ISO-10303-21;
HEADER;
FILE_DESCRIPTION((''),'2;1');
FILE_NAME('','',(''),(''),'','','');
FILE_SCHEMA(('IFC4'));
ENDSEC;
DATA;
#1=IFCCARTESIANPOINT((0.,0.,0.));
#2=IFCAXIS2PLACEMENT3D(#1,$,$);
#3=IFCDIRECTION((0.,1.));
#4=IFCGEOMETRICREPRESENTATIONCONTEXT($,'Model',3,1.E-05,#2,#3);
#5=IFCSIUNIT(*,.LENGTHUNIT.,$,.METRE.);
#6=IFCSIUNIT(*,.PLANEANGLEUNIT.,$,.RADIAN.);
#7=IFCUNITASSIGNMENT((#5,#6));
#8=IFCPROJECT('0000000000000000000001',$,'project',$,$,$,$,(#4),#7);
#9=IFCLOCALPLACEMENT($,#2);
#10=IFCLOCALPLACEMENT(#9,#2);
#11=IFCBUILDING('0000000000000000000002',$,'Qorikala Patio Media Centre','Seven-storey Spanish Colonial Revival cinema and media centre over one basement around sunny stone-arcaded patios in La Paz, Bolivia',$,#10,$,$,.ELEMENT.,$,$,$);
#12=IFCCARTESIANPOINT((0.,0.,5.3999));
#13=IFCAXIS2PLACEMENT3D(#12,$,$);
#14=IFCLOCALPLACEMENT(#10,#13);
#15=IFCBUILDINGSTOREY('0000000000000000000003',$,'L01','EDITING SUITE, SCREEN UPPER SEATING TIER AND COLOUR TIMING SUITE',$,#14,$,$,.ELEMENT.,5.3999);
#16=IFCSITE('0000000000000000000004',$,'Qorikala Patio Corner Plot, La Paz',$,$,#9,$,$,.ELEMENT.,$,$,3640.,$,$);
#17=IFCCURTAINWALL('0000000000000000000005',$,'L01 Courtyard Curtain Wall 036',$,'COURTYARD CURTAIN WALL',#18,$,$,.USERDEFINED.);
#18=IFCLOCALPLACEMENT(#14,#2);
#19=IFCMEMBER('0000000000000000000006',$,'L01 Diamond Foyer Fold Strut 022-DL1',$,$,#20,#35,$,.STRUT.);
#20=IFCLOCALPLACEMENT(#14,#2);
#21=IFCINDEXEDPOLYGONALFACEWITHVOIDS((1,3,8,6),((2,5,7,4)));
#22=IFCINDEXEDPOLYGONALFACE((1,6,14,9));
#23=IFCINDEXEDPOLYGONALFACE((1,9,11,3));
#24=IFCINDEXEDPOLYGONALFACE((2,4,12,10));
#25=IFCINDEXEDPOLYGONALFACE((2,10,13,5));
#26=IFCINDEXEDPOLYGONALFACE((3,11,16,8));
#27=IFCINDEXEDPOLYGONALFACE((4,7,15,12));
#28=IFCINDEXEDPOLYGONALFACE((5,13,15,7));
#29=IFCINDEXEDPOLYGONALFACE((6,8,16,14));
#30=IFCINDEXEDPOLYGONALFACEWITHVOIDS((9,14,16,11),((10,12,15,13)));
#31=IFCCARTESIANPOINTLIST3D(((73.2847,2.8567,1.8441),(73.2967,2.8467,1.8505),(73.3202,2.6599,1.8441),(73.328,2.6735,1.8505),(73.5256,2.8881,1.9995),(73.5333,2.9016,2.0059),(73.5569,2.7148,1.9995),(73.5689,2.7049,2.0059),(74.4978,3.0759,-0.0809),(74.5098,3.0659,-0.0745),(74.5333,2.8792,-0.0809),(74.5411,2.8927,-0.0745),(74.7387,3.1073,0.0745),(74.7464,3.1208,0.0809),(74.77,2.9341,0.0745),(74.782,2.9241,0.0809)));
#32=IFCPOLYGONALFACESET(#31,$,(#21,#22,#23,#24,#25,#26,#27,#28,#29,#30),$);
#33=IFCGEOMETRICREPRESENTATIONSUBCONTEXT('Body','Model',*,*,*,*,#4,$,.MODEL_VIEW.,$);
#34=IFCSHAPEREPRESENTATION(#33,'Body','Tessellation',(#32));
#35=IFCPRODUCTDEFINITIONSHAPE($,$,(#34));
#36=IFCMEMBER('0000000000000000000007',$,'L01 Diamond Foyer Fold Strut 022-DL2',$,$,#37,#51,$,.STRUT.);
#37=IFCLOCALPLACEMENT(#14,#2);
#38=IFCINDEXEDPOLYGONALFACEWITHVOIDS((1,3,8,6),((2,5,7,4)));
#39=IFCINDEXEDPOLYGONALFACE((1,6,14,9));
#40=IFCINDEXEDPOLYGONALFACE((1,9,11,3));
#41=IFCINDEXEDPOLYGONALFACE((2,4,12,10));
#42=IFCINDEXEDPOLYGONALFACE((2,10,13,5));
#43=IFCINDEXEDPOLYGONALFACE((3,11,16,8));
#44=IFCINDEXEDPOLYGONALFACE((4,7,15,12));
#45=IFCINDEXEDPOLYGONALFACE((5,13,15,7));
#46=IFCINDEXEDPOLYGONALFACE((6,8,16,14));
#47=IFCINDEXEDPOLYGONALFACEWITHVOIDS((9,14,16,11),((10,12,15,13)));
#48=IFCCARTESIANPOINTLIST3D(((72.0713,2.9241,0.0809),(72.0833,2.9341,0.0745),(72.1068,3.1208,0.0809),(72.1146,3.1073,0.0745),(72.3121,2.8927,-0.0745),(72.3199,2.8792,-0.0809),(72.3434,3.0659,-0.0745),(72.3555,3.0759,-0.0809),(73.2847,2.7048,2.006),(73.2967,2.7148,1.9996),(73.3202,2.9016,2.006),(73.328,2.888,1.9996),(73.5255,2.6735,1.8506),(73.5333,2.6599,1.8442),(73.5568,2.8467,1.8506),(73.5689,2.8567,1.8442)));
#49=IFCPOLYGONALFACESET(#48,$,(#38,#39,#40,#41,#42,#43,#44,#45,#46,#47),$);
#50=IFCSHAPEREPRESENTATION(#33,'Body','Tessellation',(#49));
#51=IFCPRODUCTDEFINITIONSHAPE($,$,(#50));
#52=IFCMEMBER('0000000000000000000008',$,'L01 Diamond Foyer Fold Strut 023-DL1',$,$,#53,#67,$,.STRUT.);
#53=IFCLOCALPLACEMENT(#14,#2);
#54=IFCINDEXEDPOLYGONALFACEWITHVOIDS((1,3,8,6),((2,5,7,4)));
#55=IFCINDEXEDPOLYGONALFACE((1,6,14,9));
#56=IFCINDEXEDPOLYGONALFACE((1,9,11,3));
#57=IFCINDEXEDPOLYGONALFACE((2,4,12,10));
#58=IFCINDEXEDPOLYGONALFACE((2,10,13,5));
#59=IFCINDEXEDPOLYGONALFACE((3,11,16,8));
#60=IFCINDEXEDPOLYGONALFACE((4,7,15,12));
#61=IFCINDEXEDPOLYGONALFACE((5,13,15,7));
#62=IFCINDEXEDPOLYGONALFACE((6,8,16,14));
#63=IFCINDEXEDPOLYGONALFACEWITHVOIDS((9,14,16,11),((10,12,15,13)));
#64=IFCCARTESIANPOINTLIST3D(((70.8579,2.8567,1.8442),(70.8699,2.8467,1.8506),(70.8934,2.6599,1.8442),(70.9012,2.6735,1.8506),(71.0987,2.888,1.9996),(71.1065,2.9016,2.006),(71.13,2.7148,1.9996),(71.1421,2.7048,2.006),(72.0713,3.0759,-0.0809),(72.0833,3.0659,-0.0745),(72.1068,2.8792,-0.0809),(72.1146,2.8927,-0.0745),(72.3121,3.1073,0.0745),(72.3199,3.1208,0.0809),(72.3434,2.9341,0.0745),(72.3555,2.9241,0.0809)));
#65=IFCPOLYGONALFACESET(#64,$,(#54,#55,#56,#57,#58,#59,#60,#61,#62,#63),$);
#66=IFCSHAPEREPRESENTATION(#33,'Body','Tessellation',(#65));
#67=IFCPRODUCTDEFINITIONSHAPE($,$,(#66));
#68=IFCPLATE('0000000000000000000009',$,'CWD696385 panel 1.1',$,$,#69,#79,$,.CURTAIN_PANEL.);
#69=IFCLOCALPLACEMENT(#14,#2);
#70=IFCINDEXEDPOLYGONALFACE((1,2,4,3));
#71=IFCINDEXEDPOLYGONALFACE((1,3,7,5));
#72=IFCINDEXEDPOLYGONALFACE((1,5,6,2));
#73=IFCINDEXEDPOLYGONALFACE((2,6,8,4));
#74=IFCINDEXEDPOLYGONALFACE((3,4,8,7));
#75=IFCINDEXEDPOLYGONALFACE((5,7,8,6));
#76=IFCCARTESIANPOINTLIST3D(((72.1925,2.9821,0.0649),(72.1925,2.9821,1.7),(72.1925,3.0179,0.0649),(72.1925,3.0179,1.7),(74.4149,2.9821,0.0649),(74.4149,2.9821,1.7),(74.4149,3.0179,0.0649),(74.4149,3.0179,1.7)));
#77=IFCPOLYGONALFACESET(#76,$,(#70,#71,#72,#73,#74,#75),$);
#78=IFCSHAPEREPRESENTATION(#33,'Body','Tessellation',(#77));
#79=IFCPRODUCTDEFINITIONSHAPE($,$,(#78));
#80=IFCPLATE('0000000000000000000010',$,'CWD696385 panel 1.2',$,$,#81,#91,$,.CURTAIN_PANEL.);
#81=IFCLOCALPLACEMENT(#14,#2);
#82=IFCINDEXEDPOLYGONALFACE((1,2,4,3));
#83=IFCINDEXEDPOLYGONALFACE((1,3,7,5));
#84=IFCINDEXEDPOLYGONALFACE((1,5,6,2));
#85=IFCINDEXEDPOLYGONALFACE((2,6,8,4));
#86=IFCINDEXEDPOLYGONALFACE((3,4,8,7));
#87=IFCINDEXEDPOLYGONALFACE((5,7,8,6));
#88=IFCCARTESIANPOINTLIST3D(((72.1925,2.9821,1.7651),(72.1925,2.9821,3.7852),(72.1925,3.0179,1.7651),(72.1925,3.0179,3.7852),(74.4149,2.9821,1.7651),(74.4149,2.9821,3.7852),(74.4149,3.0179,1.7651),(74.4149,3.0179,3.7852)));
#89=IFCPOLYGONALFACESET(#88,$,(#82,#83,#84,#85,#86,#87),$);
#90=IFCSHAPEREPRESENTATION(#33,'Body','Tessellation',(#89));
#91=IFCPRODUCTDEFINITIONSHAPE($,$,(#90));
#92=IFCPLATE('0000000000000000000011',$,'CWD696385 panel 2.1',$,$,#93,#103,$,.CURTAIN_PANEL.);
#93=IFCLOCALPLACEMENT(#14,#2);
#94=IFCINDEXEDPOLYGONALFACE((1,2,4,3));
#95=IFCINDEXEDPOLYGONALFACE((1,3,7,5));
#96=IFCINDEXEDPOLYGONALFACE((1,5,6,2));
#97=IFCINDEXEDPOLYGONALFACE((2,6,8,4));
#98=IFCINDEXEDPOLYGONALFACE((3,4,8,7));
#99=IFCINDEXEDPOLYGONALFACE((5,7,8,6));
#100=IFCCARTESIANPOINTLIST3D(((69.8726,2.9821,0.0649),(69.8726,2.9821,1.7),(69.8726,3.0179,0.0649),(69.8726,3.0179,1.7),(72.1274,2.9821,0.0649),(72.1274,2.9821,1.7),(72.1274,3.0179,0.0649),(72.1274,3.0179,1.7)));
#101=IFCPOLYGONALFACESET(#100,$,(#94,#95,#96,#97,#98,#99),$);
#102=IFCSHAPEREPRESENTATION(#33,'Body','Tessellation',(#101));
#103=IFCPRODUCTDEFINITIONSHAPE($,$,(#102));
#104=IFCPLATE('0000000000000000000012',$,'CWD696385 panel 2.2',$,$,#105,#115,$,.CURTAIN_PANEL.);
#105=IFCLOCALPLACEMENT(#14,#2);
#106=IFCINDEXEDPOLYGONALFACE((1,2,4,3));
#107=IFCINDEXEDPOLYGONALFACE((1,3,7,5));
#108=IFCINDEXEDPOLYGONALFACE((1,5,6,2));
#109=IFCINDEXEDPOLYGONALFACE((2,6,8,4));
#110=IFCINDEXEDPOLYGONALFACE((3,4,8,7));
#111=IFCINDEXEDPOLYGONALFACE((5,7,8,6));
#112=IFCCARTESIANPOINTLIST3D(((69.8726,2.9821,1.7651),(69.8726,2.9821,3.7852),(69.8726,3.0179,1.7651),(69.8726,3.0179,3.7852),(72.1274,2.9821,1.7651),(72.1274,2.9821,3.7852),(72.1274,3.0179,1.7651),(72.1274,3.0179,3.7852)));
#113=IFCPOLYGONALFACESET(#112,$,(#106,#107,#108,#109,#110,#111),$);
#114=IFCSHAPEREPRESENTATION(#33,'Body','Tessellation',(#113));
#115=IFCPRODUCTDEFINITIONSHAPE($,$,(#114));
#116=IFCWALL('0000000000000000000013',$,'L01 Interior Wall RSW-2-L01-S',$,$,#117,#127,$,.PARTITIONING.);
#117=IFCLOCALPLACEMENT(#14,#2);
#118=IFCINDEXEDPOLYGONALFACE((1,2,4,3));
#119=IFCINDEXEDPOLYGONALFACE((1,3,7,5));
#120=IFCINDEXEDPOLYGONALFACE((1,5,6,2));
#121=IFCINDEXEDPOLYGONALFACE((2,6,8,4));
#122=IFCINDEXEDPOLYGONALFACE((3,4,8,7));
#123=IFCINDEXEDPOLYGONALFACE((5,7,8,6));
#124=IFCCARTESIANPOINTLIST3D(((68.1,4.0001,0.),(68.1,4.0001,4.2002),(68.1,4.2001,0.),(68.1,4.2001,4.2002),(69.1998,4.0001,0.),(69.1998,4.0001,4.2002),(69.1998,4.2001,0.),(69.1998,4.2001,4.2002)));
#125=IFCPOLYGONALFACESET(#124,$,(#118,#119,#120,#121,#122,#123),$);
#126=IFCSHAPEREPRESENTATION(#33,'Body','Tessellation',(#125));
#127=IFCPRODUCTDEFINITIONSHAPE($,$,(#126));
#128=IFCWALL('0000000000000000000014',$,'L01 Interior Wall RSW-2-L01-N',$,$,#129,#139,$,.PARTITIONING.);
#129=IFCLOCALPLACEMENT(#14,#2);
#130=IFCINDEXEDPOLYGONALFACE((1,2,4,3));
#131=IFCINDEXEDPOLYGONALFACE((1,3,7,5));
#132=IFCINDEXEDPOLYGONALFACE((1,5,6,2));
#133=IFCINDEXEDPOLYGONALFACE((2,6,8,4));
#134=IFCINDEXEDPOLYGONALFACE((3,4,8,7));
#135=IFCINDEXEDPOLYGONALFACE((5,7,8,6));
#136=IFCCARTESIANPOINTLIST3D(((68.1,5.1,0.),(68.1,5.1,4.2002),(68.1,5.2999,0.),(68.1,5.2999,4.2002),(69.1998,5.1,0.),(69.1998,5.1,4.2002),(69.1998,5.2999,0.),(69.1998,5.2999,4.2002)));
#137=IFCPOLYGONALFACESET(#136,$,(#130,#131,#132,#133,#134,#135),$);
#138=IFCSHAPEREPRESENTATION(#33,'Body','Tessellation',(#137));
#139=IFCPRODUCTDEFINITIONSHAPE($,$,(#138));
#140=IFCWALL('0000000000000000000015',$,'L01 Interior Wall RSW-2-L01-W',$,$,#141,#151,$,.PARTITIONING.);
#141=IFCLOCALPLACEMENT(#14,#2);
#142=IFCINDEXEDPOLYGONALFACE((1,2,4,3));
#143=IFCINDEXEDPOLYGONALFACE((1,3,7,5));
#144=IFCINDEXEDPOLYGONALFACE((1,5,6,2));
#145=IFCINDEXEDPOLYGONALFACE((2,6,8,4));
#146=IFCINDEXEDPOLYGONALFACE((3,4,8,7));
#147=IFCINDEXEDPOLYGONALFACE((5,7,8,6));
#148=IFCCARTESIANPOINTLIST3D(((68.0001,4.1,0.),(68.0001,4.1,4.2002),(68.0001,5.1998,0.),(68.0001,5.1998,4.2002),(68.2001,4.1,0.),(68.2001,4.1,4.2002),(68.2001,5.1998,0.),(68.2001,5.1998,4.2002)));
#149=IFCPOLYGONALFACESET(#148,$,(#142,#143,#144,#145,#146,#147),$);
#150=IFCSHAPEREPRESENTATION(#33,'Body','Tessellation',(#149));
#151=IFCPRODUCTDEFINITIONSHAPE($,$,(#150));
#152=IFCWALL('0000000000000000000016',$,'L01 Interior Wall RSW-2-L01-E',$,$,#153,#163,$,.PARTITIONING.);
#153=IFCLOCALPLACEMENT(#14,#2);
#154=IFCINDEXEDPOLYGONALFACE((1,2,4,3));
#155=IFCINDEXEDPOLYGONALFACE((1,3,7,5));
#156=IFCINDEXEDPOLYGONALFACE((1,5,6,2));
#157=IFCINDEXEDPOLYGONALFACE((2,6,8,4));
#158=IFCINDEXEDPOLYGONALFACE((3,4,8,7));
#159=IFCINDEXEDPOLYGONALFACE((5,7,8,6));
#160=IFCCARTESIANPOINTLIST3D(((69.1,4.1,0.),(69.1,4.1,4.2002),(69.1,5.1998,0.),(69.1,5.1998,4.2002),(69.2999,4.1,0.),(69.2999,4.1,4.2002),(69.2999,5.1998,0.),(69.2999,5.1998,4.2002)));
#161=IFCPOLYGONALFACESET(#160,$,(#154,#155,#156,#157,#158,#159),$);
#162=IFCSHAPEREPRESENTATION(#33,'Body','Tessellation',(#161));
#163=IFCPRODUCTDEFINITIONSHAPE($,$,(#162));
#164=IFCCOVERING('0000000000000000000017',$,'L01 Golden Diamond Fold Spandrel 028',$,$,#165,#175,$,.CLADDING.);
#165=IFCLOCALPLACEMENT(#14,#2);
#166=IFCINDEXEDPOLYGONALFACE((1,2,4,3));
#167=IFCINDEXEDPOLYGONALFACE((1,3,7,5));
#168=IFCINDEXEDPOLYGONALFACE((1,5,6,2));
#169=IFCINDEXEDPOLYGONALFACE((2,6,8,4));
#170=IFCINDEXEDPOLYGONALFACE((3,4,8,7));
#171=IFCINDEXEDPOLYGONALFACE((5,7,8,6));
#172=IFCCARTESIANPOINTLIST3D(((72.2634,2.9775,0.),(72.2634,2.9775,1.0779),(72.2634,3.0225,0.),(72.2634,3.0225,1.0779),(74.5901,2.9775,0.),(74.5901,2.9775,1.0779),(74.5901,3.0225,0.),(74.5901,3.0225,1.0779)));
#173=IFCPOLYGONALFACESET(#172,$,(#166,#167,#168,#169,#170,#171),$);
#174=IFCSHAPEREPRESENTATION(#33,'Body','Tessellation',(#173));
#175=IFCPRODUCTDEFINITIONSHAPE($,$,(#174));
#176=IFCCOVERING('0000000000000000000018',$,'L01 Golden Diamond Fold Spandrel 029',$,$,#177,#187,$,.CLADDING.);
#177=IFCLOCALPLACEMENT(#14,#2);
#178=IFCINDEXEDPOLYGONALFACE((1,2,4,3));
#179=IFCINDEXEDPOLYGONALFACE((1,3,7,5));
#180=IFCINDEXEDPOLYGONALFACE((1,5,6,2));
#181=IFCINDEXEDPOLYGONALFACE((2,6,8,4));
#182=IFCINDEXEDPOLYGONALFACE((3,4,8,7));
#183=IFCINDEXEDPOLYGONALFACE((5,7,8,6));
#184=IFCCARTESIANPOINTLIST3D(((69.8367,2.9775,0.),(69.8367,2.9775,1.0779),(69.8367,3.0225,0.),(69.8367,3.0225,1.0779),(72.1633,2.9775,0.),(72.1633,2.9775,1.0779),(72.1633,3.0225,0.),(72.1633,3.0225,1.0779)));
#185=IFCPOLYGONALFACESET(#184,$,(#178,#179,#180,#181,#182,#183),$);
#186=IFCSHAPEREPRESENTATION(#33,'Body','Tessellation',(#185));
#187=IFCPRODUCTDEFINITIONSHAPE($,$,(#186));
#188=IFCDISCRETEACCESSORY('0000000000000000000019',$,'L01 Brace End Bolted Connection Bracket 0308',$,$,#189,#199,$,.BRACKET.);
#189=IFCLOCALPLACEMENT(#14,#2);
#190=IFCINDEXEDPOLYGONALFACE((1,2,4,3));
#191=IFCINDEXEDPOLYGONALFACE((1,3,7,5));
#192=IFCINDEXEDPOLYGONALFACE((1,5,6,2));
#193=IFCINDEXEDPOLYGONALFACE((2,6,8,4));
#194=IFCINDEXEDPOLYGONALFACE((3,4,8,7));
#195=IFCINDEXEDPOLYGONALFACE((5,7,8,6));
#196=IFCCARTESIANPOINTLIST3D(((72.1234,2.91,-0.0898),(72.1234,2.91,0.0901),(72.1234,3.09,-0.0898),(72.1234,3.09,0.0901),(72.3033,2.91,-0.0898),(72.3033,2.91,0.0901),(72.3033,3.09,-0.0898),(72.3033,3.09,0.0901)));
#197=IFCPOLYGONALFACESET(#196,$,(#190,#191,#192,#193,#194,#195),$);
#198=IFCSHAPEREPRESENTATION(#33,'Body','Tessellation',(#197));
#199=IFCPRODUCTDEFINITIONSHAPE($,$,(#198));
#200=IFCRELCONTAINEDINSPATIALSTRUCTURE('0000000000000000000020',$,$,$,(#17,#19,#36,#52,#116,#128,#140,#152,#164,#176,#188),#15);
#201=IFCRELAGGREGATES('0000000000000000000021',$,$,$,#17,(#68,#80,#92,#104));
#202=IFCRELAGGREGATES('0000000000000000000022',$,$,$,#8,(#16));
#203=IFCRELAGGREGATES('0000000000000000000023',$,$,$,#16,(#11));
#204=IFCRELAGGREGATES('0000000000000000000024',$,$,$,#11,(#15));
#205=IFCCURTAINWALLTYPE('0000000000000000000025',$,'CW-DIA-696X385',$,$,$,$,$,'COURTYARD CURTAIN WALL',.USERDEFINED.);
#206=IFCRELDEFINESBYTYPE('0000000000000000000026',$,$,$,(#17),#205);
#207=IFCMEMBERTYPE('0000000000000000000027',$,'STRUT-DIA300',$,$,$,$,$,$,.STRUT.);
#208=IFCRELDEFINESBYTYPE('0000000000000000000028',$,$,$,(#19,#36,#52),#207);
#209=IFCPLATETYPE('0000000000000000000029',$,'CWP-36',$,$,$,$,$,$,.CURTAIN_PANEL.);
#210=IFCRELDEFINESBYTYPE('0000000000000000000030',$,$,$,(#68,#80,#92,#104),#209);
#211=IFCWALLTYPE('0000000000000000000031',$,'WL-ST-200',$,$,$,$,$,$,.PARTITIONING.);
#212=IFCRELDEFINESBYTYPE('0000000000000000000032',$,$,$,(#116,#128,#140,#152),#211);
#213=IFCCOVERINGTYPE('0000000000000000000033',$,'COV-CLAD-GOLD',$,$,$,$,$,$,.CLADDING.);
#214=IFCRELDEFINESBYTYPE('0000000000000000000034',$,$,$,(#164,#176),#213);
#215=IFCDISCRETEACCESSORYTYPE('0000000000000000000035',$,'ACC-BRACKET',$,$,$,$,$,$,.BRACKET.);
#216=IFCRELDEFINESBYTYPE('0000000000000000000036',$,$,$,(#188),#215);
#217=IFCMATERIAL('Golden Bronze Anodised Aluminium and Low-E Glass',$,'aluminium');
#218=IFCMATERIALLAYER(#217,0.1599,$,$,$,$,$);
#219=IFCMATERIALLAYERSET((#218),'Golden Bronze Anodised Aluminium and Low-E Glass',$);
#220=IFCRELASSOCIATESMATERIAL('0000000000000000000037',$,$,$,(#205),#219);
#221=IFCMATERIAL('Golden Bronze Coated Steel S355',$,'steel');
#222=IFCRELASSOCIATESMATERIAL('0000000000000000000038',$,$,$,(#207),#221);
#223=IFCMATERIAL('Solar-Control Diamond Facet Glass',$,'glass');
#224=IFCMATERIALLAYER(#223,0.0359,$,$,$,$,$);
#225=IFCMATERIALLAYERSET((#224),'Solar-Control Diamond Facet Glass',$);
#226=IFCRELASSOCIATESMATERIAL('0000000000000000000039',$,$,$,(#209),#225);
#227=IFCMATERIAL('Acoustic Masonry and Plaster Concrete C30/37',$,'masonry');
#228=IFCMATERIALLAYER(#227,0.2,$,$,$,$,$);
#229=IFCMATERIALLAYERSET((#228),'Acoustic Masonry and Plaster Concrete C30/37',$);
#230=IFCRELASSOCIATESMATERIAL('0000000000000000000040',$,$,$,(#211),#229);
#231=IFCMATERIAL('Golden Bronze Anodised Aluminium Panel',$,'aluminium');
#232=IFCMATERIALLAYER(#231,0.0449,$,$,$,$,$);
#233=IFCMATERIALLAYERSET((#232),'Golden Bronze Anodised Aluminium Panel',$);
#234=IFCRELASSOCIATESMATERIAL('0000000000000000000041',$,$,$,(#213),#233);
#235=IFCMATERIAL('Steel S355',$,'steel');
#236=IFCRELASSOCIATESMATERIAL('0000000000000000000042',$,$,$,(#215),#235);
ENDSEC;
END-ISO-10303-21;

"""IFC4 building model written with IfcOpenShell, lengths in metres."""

from ifc_helpers import new_model, si_unit, direction, frame, frame_2d, origin, origin_2d, place, context, subcontext, project, spatial, rectangle, hollow_rectangle, extrude, material, layer, layer_set, material_profile, profile_set, type_object, element, aggregate, save


model = new_model("IFC4")

# Units and contexts
model_context = context("Model", 3, precision=1e-05, world=origin(), true_north=direction((0.0, 1.0)))
body_context = subcontext(model_context, "Body", "Model", "MODEL_VIEW")
ifc_project = project(units=[si_unit("LENGTHUNIT", "METRE"), si_unit("PLANEANGLEUNIT", "RADIAN")], contexts=[model_context])

# Site, building, storey
site_placement = place(None, origin())
site = spatial("IfcSite", under=ifc_project, at=site_placement, Name="Qorikala Patio Corner Plot, La Paz", CompositionType="ELEMENT", RefElevation=3640.0)
building_placement = place(site_placement, origin())
building = spatial("IfcBuilding", under=site, at=building_placement, Name="Qorikala Patio Media Centre", Description="Seven-storey Spanish Colonial Revival cinema and media centre over one basement around sunny stone-arcaded patios in La Paz, Bolivia", CompositionType="ELEMENT")
storey_placement = place(building_placement, frame((0.0, 0.0, 5.3999)))
storey = spatial("IfcBuildingStorey", under=building, at=storey_placement, Name="L01", Description="EDITING SUITE, SCREEN UPPER SEATING TIER AND COLOUR TIMING SUITE", CompositionType="ELEMENT", Elevation=5.3999)

# Shared definitions
ifc_material_1 = material(Name="Golden Bronze Coated Steel S355", Category="steel")

# Curtain wall
ifc_material_2 = material(Name="Golden Bronze Anodised Aluminium and Low-E Glass", Category="aluminium")
ifc_layer_1 = layer(ifc_material_2, 0.1599)
ifc_layer_set_1 = layer_set([ifc_layer_1], Name="Golden Bronze Anodised Aluminium and Low-E Glass")
curtain_wall_type = type_object("IfcCurtainWallType", Name="CW-DIA-696X385", ElementType="COURTYARD CURTAIN WALL", PredefinedType="USERDEFINED", material=ifc_layer_set_1)
curtain_wall_placement = place(storey_placement, origin())
curtain_wall = element("IfcCurtainWall", 1, at=curtain_wall_placement, inside=storey, type_object=curtain_wall_type, Name="L01 Courtyard Curtain Wall 036", ObjectType="COURTYARD CURTAIN WALL", PredefinedType="USERDEFINED")

# Members
ifc_material_profile_1 = material_profile(ifc_material_1, hollow_rectangle(XDim=0.2, YDim=0.3, WallThickness=0.012, at=origin_2d()), Name="HSS300X200X12")
ifc_profile_set_1 = profile_set([ifc_material_profile_1], Name="Golden Bronze Coated Steel S355")
member_type_1 = type_object("IfcMemberType", Name="STRUT-DIA300", PredefinedType="STRUT", material=ifc_profile_set_1)
member_1_placement = place(storey_placement, frame((74.6399, 3.0, 0.0), z_axis=(-0.530691, -0.095907, 0.842121), x_axis=(0.17784, -0.984059, 0.0)))
element("IfcMember", 2, at=member_1_placement, inside=storey, type_object=member_type_1, Name="L01 Diamond Foyer Fold Strut 022-DL1", PredefinedType="STRUT", context=body_context, shape_type="SweptSolid", body=[
    extrude(hollow_rectangle(XDim=0.2, YDim=0.3, WallThickness=0.012, at=origin_2d()), origin(), (0.0, 0.0, 1.0), 2.2859),
])
for number, where, z_axis, x_axis, name in (
    (3, (72.2134, 3.0, 0.0), (0.530768, -0.095901, 0.842074), (0.177805, 0.984066, 0.0), "L01 Diamond Foyer Fold Strut 022-DL2"),
    (4, (72.2134, 3.0, 0.0), (-0.530768, -0.095901, 0.842074), (0.177805, -0.984066, 0.0), "L01 Diamond Foyer Fold Strut 023-DL1"),
):
    element("IfcMember", number, at=place(storey_placement, frame(where, z_axis=z_axis, x_axis=x_axis)), inside=storey, type_object=member_type_1, Name=name, PredefinedType="STRUT", context=body_context, shape_type="SweptSolid", body=[
        extrude(hollow_rectangle(XDim=0.2, YDim=0.3, WallThickness=0.012, at=origin_2d()), origin(), (0.0, 0.0, 1.0), 2.2861),
    ])

# Plates
ifc_material_3 = material(Name="Solar-Control Diamond Facet Glass", Category="glass")
ifc_layer_2 = layer(ifc_material_3, 0.0359)
ifc_layer_set_2 = layer_set([ifc_layer_2], Name="Solar-Control Diamond Facet Glass")
plate_type = type_object("IfcPlateType", Name="CWP-36", PredefinedType="CURTAIN_PANEL", material=ifc_layer_set_2)
plate_1_placement = place(storey_placement, frame((73.3037, 3.0, 0.0649), z_axis=(0.0, 0.0, 1.0), x_axis=(-1.0, 0.0, 0.0)))
plate_1 = element("IfcPlate", 5, at=plate_1_placement, type_object=plate_type, Name="CWD696385 panel 1.1", PredefinedType="CURTAIN_PANEL", context=body_context, shape_type="SweptSolid", body=[
    extrude(rectangle(XDim=2.2224, YDim=0.0359, at=origin_2d()), origin(), (0.0, 0.0, 1.0), 1.635),
])
plate_2_placement = place(storey_placement, frame((73.3037, 3.0, 1.7651), z_axis=(0.0, 0.0, 1.0), x_axis=(-1.0, 0.0, 0.0)))
plate_2 = element("IfcPlate", 6, at=plate_2_placement, type_object=plate_type, Name="CWD696385 panel 1.2", PredefinedType="CURTAIN_PANEL", context=body_context, shape_type="SweptSolid", body=[
    extrude(rectangle(XDim=2.2224, YDim=0.0359, at=origin_2d()), origin(), (0.0, 0.0, 1.0), 2.02),
])
plate_3_placement = place(storey_placement, frame((71.0, 3.0, 0.0649), z_axis=(0.0, 0.0, 1.0), x_axis=(-1.0, 0.0, 0.0)))
plate_3 = element("IfcPlate", 7, at=plate_3_placement, type_object=plate_type, Name="CWD696385 panel 2.1", PredefinedType="CURTAIN_PANEL", context=body_context, shape_type="SweptSolid", body=[
    extrude(rectangle(XDim=2.2549, YDim=0.0359, at=origin_2d()), origin(), (0.0, 0.0, 1.0), 1.635),
])
plate_4_placement = place(storey_placement, frame((71.0, 3.0, 1.7651), z_axis=(0.0, 0.0, 1.0), x_axis=(-1.0, 0.0, 0.0)))
plate_4 = element("IfcPlate", 8, at=plate_4_placement, type_object=plate_type, Name="CWD696385 panel 2.2", PredefinedType="CURTAIN_PANEL", context=body_context, shape_type="SweptSolid", body=[
    extrude(rectangle(XDim=2.2549, YDim=0.0359, at=origin_2d()), origin(), (0.0, 0.0, 1.0), 2.02),
])
aggregate(curtain_wall, [plate_1, plate_2, plate_3, plate_4])

# Walls
ifc_material_4 = material(Name="Acoustic Masonry and Plaster Concrete C30/37", Category="masonry")
ifc_layer_3 = layer(ifc_material_4, 0.2)
ifc_layer_set_3 = layer_set([ifc_layer_3], Name="Acoustic Masonry and Plaster Concrete C30/37")
wall_type = type_object("IfcWallType", Name="WL-ST-200", PredefinedType="PARTITIONING", material=ifc_layer_set_3)
for number, where, z_axis, x_axis, name in (
    (9, (68.1001, 4.1001, 0.0), (0.0, 0.0, 1.0), (1.0, 0.0, 0.0), "L01 Interior Wall RSW-2-L01-S"),
    (10, (68.1001, 5.2, 0.0), (0.0, 0.0, 1.0), (1.0, 0.0, 0.0), "L01 Interior Wall RSW-2-L01-N"),
    (11, (68.1001, 4.1001, 0.0), (0.0, 0.0, 1.0), (0.0, 1.0, 0.0), "L01 Interior Wall RSW-2-L01-W"),
    (12, (69.2, 4.1001, 0.0), (0.0, 0.0, 1.0), (0.0, 1.0, 0.0), "L01 Interior Wall RSW-2-L01-E"),
):
    element("IfcWall", number, at=place(storey_placement, frame(where, z_axis=z_axis, x_axis=x_axis)), inside=storey, type_object=wall_type, Name=name, PredefinedType="PARTITIONING", context=body_context, shape_type="SweptSolid", body=[
        extrude(rectangle(XDim=1.0999, YDim=0.2, at=frame_2d((0.5498, 0.0))), origin(), (0.0, 0.0, 1.0), 4.2002),
    ])

# Coverings
ifc_material_5 = material(Name="Golden Bronze Anodised Aluminium Panel", Category="aluminium")
ifc_layer_4 = layer(ifc_material_5, 0.0449)
ifc_layer_set_4 = layer_set([ifc_layer_4], Name="Golden Bronze Anodised Aluminium Panel")
covering_type = type_object("IfcCoveringType", Name="COV-CLAD-GOLD", PredefinedType="CLADDING", material=ifc_layer_set_4)
for number, where, z_axis, x_axis, name in (
    (13, (73.4268, 3.0, 0.0), (0.0, 0.0, 1.0), (-1.0, 0.0, 0.0), "L01 Golden Diamond Fold Spandrel 028"),
    (14, (71.0, 3.0, 0.0), (0.0, 0.0, 1.0), (-1.0, 0.0, 0.0), "L01 Golden Diamond Fold Spandrel 029"),
):
    element("IfcCovering", number, at=place(storey_placement, frame(where, z_axis=z_axis, x_axis=x_axis)), inside=storey, type_object=covering_type, Name=name, PredefinedType="CLADDING", context=body_context, shape_type="SweptSolid", body=[
        extrude(rectangle(XDim=2.3267, YDim=0.0449, at=origin_2d()), origin(), (0.0, 0.0, 1.0), 1.0779),
    ])

# Discrete accessory
ifc_material_6 = material(Name="Steel S355", Category="steel")
discrete_accessory_type = type_object("IfcDiscreteAccessoryType", Name="ACC-BRACKET", PredefinedType="BRACKET", material=ifc_material_6)
for number, where, z_axis, x_axis, name in (
    (15, (72.2134, 3.0, -0.0898), (0.0, 0.0, 1.0), (1.0, 0.0, 0.0), "L01 Brace End Bolted Connection Bracket 0308"),
):
    element("IfcDiscreteAccessory", number, at=place(storey_placement, frame(where, z_axis=z_axis, x_axis=x_axis)), inside=storey, type_object=discrete_accessory_type, Name=name, PredefinedType="BRACKET", context=body_context, shape_type="SweptSolid", body=[
        extrude(rectangle(XDim=0.1799, YDim=0.1799, at=origin_2d()), origin(), (0.0, 0.0, 1.0), 0.1799),
    ])

save(model, "model.ifc")
